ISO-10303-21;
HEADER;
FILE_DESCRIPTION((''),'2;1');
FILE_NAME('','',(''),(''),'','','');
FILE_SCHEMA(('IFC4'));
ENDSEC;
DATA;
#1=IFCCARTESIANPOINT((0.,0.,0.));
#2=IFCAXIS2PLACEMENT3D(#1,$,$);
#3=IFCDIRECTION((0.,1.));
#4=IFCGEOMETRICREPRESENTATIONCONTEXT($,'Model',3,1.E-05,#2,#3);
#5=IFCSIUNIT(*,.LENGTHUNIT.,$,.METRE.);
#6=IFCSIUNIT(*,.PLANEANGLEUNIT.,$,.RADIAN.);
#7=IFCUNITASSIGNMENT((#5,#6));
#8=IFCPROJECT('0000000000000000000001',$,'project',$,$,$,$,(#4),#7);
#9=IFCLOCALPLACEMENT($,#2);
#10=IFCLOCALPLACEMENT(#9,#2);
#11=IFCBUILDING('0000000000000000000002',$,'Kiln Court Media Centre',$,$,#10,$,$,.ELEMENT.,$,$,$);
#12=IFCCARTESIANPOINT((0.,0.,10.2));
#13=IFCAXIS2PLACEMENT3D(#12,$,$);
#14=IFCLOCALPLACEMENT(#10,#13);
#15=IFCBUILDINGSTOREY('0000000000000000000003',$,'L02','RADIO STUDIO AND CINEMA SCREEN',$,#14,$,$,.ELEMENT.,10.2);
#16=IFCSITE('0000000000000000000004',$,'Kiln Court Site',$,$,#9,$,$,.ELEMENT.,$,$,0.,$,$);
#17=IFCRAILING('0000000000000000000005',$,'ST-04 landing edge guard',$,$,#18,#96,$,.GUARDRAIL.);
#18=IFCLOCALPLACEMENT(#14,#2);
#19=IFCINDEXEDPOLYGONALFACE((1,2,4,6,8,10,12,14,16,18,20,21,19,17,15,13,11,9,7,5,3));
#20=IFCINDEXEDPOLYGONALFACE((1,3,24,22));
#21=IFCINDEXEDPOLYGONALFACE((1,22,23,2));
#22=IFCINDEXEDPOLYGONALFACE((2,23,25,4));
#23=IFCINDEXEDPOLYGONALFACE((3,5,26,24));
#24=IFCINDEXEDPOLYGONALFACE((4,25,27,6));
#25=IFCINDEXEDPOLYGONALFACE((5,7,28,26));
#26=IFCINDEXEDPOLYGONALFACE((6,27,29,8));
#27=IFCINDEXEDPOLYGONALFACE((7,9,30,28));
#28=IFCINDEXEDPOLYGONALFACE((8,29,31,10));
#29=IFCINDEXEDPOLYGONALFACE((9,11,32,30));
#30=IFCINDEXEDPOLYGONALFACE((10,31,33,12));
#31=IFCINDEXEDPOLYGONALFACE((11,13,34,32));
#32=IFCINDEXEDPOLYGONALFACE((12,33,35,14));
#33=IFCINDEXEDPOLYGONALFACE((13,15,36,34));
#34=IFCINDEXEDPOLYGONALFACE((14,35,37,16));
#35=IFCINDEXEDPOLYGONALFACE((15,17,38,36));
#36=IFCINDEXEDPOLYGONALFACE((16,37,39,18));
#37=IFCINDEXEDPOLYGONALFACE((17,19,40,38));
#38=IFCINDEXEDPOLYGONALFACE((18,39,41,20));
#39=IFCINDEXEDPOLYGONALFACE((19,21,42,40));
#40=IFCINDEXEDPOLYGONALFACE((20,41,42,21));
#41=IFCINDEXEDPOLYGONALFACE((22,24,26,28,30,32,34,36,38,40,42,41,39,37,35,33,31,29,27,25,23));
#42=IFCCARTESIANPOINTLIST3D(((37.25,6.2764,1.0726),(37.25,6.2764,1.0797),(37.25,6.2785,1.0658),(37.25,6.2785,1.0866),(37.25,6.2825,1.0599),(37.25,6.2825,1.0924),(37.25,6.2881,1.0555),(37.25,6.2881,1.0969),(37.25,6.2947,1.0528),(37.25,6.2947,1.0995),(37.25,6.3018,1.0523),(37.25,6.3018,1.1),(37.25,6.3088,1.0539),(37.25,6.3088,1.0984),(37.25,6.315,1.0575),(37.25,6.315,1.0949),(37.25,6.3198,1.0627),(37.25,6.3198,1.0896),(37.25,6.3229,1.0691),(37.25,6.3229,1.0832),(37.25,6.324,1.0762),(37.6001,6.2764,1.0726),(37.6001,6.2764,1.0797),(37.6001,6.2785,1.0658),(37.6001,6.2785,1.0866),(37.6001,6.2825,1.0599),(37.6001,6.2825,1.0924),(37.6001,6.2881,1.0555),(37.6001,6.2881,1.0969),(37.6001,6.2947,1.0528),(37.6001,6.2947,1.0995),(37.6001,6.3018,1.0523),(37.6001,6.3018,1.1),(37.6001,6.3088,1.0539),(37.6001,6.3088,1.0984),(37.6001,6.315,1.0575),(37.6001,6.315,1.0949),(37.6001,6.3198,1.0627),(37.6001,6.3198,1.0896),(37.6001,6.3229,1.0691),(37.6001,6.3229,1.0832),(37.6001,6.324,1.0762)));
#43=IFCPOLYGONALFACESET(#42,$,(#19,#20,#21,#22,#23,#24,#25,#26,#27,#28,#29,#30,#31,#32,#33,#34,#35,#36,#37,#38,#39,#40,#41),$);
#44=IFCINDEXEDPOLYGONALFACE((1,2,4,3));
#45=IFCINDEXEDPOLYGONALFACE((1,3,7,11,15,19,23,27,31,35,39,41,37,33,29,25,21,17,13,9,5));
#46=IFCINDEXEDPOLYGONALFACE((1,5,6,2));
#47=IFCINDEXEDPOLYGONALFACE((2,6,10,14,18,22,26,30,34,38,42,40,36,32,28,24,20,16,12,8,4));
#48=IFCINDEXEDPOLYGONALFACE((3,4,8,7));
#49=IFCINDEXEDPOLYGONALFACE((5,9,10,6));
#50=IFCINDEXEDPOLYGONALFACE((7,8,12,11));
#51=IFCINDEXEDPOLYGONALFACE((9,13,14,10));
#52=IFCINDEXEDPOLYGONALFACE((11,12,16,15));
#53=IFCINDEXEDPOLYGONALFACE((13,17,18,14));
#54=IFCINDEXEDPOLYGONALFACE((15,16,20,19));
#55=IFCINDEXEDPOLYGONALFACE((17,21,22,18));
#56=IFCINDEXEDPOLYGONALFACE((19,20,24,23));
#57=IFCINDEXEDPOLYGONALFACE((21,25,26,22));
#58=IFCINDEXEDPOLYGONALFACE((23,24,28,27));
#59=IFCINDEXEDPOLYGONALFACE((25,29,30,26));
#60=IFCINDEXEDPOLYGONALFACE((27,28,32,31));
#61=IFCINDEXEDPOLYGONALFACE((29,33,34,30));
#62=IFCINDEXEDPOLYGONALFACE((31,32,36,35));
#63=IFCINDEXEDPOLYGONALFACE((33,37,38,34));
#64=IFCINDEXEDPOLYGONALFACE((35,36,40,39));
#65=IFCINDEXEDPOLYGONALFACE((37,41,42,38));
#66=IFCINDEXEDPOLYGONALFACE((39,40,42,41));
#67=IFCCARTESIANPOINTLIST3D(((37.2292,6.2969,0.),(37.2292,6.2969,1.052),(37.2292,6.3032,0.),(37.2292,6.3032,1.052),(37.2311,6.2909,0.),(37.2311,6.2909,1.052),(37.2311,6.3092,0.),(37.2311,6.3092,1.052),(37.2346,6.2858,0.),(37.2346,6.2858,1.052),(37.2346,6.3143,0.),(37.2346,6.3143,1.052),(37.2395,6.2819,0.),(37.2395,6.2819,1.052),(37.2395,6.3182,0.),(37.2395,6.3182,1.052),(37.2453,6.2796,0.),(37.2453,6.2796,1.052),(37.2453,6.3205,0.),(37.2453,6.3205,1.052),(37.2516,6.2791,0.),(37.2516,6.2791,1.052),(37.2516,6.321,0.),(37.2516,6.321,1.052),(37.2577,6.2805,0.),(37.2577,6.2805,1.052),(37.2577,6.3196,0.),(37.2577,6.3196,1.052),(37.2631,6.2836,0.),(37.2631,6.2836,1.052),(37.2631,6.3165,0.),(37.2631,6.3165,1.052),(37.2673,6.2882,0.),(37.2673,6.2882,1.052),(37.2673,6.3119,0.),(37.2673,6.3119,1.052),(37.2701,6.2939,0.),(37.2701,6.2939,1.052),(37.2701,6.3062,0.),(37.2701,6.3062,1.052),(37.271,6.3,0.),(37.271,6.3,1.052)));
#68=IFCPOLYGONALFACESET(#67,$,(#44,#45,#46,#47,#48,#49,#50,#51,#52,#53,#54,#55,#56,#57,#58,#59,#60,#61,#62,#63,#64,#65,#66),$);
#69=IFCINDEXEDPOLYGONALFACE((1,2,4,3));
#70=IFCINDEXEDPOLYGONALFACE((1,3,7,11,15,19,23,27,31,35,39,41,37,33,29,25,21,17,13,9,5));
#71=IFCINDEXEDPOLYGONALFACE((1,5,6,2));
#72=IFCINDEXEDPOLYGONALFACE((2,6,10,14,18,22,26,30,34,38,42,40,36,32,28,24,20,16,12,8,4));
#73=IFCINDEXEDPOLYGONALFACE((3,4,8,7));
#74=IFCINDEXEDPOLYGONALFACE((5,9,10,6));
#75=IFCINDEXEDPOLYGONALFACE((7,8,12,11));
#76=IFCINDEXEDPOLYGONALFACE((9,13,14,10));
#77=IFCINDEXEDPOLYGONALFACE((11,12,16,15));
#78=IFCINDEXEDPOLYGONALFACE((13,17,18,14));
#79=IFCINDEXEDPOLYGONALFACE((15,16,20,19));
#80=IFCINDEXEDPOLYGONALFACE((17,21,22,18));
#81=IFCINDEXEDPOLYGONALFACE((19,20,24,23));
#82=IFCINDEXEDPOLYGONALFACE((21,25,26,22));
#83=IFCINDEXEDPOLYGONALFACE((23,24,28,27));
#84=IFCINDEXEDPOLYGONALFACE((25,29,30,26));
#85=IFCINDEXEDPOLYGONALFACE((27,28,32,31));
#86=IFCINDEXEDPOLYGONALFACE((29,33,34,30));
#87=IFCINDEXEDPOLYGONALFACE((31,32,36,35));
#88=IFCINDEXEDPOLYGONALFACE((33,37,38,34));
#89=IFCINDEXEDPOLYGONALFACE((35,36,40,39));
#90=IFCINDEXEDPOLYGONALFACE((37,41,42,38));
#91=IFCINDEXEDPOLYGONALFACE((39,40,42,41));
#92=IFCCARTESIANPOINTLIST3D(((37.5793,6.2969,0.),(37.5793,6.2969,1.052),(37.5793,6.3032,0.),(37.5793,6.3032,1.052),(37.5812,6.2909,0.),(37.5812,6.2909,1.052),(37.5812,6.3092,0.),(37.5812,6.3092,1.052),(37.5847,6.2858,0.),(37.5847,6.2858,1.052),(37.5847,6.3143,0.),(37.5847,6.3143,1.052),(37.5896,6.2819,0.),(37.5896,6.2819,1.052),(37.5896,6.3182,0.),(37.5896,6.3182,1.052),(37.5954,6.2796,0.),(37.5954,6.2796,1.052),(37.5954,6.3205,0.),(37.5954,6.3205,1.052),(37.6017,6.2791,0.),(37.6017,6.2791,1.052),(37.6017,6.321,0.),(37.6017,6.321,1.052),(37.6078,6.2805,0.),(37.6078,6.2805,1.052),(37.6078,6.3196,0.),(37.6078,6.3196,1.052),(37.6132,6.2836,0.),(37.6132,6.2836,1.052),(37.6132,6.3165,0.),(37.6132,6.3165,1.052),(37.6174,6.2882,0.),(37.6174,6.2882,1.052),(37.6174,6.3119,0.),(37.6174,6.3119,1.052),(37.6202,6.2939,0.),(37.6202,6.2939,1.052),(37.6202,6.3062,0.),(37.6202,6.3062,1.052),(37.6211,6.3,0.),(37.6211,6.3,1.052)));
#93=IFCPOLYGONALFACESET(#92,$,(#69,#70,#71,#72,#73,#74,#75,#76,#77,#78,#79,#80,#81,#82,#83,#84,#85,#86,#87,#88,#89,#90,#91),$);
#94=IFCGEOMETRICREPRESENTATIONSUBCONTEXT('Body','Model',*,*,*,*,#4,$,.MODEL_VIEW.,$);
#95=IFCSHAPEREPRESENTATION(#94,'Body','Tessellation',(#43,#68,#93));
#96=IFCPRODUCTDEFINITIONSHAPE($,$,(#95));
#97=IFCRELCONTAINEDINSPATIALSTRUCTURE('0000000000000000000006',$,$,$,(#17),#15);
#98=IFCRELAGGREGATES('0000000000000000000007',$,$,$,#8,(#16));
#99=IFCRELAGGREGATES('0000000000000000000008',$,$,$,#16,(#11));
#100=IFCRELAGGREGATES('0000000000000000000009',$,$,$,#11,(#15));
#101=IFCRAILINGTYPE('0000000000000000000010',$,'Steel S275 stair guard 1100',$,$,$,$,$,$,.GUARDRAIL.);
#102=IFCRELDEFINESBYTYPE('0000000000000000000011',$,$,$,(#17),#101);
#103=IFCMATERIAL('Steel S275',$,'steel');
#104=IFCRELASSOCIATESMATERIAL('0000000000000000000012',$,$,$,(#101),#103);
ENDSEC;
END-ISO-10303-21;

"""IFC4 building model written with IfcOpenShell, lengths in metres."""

from ifc_helpers import new_model, si_unit, direction, frame, origin, origin_2d, place, context, subcontext, project, spatial, circle, extrude, material, type_object, element, save


model = new_model("IFC4")

# Units and contexts
model_context = context("Model", 3, precision=1e-05, world=origin(), true_north=direction((0.0, 1.0)))
body_context = subcontext(model_context, "Body", "Model", "MODEL_VIEW")
ifc_project = project(units=[si_unit("LENGTHUNIT", "METRE"), si_unit("PLANEANGLEUNIT", "RADIAN")], contexts=[model_context])

# Site, building, storey
site_placement = place(None, origin())
site = spatial("IfcSite", under=ifc_project, at=site_placement, Name="Kiln Court Site", CompositionType="ELEMENT", RefElevation=0.0)
building_placement = place(site_placement, origin())
building = spatial("IfcBuilding", under=site, at=building_placement, Name="Kiln Court Media Centre", CompositionType="ELEMENT")
storey_placement = place(building_placement, frame((0.0, 0.0, 10.2)))
storey = spatial("IfcBuildingStorey", under=building, at=storey_placement, Name="L02", Description="RADIO STUDIO AND CINEMA SCREEN", CompositionType="ELEMENT", Elevation=10.2)

# Railing
ifc_material_1 = material(Name="Steel S275", Category="steel")
railing_type_1 = type_object("IfcRailingType", Name="Steel S275 stair guard 1100", PredefinedType="GUARDRAIL", material=ifc_material_1)
for number, where, name in (
    (1, (37.25, 6.3, 0.0), "ST-04 landing edge guard"),
):
    element("IfcRailing", number, at=place(storey_placement, frame(where)), inside=storey, type_object=railing_type_1, Name=name, PredefinedType="GUARDRAIL", context=body_context, shape_type="SweptSolid", body=[
        extrude(circle(Radius=0.0239, at=origin_2d()), frame((0.0, 0.0, 1.0762), z_axis=(1.0, 0.0, 0.0), x_axis=(0.0, 1.0, 0.0)), (0.0, 0.0, 1.0), 0.3501),
        extrude(circle(Radius=0.021, at=origin_2d()), origin(), (0.0, 0.0, 1.0), 1.052),
        extrude(circle(Radius=0.021, at=origin_2d()), frame((0.3501, 0.0, 0.0)), (0.0, 0.0, 1.0), 1.052),
    ])

save(model, "model.ifc")
